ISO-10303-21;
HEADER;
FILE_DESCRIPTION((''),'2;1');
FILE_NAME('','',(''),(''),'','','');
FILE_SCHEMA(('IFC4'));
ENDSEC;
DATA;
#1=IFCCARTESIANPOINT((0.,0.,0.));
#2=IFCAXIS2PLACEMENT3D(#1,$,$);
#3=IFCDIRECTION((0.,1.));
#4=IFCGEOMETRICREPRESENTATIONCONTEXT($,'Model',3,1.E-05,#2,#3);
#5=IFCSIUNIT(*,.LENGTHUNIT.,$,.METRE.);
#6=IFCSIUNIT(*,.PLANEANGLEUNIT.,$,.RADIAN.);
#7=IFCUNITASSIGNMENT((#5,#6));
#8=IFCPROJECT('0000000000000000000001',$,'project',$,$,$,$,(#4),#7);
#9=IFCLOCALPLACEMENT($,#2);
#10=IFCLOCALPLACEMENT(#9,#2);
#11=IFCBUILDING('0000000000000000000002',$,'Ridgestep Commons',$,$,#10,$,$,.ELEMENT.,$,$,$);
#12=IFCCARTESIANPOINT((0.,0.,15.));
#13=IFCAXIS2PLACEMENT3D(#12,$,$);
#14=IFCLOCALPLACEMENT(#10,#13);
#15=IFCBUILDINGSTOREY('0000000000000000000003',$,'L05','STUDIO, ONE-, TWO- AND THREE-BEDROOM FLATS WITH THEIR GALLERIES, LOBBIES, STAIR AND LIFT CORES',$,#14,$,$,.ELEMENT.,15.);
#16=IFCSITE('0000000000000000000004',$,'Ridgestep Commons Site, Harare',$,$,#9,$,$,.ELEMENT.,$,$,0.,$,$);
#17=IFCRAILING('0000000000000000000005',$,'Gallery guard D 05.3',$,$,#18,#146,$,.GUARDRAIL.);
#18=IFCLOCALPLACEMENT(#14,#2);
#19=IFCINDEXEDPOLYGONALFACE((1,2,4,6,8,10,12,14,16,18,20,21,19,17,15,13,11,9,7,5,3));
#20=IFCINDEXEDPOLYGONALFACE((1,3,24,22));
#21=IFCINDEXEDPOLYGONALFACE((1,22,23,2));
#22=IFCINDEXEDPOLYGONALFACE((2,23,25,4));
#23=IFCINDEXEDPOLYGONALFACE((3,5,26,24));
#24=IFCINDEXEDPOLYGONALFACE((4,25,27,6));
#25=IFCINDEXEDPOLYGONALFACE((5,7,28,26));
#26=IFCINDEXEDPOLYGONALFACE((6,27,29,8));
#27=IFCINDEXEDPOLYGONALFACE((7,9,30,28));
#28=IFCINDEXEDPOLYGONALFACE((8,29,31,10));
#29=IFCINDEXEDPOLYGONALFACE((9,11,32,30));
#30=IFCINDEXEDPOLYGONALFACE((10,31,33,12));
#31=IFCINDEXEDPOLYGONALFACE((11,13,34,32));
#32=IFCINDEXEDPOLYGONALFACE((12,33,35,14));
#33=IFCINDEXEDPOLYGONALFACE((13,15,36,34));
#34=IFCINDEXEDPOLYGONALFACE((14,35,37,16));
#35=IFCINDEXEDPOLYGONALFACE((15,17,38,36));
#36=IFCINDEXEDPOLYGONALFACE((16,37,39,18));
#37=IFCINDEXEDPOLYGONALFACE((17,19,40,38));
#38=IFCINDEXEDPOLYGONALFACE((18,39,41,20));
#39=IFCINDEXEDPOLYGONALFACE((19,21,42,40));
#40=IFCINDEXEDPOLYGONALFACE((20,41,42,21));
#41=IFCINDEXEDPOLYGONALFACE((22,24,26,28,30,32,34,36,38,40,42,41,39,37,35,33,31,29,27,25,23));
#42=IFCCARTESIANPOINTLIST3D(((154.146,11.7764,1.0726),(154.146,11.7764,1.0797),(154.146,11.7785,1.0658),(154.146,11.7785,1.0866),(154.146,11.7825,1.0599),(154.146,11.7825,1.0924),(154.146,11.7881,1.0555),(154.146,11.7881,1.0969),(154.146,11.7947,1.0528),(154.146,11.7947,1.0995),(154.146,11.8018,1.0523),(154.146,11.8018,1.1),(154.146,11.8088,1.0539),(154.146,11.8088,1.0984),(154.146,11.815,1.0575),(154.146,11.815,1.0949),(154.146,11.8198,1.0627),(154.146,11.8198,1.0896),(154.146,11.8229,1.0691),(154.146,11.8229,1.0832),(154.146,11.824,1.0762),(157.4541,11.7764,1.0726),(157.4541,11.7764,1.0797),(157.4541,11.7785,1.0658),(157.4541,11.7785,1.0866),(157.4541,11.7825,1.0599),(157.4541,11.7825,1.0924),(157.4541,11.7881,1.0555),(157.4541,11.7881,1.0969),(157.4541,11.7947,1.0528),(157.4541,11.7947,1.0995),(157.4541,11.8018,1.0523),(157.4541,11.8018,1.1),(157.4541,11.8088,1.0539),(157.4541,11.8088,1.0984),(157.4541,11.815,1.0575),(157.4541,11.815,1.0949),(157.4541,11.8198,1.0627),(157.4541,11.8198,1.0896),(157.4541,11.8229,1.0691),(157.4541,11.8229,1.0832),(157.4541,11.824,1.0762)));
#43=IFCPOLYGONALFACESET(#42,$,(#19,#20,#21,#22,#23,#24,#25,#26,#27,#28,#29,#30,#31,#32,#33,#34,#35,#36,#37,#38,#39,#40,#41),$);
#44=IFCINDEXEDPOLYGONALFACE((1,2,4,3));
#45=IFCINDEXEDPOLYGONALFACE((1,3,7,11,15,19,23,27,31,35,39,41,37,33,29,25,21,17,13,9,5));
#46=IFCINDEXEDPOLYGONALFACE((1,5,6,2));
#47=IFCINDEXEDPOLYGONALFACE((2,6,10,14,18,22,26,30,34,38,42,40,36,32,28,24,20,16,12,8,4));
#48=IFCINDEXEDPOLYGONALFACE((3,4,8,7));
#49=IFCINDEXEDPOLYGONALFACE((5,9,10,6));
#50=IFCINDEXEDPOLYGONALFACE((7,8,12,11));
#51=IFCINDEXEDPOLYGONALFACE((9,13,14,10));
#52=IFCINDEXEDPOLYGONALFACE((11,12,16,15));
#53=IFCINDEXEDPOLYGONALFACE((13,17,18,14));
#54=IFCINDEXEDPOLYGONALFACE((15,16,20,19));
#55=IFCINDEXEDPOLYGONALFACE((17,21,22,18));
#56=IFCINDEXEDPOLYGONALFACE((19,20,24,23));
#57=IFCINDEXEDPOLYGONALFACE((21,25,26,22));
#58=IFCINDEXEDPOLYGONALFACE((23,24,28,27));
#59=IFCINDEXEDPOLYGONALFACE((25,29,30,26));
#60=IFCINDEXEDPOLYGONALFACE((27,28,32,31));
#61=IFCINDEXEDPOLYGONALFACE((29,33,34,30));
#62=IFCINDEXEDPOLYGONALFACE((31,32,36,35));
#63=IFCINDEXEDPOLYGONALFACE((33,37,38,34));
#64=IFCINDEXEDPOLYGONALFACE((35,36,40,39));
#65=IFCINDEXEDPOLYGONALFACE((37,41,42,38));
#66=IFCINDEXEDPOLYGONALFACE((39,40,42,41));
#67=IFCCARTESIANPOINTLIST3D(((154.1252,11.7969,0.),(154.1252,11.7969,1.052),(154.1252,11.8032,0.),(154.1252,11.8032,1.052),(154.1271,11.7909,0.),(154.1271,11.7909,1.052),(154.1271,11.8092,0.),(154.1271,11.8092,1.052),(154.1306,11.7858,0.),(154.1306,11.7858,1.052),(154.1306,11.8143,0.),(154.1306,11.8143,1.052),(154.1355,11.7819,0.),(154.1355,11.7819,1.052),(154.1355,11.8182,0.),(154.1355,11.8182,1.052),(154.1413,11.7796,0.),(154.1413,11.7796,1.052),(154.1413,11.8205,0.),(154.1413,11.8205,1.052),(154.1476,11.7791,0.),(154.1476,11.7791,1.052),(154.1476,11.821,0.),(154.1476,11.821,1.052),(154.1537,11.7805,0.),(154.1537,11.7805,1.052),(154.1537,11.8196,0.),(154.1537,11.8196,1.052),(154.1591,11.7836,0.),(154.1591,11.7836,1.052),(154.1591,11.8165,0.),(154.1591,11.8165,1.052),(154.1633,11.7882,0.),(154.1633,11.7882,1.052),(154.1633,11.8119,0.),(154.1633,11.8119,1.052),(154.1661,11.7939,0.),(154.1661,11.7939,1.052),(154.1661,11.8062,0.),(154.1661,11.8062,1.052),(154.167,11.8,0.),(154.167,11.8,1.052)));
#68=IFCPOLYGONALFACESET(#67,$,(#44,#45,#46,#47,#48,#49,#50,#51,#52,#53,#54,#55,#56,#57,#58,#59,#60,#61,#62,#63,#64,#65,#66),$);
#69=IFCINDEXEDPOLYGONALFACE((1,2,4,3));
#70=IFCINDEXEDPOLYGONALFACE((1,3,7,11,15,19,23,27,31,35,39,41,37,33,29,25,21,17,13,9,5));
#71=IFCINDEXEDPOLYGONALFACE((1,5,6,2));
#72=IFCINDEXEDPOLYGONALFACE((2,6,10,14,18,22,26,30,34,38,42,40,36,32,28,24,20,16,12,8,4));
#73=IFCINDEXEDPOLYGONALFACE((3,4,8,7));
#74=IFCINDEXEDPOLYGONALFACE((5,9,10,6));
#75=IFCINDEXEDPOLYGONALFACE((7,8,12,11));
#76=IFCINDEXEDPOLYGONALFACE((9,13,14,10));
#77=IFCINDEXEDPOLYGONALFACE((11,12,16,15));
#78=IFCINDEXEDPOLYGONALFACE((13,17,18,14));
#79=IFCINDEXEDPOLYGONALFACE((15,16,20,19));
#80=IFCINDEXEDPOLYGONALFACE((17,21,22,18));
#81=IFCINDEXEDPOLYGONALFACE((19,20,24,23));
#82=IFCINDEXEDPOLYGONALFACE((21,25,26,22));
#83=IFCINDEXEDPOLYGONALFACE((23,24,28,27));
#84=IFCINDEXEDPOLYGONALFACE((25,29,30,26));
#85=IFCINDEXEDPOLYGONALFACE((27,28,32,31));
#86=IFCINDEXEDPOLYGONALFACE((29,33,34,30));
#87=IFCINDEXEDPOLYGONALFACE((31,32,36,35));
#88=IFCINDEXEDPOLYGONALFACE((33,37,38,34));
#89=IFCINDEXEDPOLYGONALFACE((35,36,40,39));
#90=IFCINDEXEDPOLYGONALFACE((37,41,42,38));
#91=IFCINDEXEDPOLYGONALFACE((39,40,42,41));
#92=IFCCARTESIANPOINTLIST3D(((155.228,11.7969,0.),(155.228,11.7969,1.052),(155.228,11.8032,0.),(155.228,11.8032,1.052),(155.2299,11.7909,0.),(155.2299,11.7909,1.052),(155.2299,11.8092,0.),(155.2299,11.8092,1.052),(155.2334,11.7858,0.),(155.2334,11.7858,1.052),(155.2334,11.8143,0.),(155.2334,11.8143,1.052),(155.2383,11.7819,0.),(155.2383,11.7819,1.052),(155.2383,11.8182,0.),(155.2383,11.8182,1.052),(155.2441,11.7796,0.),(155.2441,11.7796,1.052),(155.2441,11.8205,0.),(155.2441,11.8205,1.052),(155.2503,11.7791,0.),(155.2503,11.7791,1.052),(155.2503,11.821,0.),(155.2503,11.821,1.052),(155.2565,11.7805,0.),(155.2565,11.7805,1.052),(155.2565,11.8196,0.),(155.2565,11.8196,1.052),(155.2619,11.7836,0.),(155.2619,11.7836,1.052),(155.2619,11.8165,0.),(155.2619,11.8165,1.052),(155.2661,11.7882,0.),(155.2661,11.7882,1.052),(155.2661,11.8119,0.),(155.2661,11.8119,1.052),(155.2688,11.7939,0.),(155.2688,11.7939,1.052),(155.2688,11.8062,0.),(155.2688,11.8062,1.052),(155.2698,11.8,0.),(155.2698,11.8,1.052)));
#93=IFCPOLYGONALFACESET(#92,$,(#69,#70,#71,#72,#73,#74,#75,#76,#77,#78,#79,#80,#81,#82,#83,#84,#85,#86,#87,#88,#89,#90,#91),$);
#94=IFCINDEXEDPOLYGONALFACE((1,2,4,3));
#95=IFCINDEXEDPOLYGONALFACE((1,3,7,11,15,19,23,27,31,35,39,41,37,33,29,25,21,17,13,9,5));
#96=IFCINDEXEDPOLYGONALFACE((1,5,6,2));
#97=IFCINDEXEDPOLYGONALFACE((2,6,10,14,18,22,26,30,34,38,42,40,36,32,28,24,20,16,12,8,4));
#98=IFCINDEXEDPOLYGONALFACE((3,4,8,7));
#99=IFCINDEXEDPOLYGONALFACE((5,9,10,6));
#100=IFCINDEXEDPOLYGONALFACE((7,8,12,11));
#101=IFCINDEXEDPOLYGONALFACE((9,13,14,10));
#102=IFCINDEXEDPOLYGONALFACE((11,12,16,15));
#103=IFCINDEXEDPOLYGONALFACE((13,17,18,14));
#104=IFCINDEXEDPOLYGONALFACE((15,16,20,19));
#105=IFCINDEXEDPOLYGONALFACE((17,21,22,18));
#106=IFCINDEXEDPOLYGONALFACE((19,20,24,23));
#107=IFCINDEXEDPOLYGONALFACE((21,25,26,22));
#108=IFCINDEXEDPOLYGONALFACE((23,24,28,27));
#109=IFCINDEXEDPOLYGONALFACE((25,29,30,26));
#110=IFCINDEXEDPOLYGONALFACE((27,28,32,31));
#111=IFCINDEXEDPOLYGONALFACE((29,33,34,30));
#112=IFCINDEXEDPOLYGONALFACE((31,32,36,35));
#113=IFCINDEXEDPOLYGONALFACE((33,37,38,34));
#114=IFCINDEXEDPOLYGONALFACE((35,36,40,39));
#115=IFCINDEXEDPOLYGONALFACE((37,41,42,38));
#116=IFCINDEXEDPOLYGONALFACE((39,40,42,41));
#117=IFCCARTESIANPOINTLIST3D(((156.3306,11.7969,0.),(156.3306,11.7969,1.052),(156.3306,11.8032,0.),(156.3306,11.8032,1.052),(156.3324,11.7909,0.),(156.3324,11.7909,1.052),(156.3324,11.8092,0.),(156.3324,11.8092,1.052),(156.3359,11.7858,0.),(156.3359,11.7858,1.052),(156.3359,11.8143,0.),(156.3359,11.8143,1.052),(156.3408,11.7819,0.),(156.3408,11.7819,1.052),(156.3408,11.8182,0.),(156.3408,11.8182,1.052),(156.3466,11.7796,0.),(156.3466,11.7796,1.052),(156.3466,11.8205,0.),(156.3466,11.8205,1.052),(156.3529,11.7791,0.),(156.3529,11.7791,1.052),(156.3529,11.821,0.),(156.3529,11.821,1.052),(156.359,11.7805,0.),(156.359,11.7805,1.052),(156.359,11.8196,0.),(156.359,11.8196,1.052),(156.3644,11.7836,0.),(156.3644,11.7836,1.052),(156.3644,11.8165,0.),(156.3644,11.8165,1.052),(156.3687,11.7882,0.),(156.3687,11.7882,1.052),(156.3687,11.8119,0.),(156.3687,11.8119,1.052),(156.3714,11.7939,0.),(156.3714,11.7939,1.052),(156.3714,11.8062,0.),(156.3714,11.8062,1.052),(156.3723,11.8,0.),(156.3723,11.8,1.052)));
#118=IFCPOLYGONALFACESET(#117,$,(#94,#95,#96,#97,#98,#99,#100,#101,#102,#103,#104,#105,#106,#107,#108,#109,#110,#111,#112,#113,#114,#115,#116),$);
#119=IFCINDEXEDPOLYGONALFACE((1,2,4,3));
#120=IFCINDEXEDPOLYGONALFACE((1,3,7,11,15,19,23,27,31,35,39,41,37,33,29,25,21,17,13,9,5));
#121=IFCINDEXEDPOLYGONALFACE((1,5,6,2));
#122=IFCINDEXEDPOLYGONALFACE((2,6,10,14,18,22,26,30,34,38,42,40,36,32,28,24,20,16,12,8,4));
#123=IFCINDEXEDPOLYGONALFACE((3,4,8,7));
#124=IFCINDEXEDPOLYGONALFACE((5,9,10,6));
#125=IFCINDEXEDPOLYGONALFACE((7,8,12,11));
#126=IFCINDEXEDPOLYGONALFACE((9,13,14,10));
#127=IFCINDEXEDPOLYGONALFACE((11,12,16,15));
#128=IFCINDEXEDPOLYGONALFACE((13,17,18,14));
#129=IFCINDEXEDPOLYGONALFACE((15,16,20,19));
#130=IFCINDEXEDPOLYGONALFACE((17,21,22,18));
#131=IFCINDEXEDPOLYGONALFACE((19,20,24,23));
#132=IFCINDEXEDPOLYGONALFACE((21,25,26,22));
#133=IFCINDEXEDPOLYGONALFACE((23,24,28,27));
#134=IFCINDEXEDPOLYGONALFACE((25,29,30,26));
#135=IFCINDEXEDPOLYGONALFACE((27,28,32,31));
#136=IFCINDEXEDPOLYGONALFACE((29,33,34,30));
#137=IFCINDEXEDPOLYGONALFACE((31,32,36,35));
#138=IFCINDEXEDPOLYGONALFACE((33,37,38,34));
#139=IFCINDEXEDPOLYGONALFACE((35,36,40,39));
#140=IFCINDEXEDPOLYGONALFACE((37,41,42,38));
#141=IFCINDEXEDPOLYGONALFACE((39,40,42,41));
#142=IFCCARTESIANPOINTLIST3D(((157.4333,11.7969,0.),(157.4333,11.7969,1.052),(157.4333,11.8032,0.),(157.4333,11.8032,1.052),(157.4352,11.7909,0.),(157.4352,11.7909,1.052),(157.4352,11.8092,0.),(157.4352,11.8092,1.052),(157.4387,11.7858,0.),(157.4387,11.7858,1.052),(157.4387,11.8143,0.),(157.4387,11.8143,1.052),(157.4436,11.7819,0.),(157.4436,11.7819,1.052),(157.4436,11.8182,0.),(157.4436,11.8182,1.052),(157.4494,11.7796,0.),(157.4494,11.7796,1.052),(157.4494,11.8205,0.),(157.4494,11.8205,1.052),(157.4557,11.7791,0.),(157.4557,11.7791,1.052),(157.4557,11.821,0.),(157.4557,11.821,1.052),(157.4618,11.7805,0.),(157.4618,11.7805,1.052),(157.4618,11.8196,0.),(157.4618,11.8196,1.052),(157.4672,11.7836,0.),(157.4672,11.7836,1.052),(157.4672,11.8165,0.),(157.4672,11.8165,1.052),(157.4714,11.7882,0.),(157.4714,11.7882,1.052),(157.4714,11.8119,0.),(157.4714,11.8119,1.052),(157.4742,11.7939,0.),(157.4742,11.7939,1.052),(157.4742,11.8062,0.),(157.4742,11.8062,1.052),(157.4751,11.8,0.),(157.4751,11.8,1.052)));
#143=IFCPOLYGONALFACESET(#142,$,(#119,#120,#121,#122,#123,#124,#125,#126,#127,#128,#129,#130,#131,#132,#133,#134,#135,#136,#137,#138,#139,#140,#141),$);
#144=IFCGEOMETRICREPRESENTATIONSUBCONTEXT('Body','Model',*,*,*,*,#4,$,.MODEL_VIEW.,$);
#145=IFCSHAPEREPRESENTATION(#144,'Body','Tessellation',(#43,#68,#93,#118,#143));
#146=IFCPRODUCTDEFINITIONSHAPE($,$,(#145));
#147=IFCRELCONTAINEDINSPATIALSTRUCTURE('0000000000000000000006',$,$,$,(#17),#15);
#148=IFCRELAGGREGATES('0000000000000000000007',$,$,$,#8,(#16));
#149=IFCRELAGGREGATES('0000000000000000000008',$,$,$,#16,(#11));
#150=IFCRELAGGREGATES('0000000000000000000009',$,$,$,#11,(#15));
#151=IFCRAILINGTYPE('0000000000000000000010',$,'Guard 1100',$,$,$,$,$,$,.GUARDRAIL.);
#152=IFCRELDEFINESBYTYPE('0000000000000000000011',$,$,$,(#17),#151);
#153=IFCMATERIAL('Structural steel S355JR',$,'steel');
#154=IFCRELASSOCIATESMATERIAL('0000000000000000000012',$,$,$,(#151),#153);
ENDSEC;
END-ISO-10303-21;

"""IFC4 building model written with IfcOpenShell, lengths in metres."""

from ifc_helpers import new_model, si_unit, direction, frame, origin, origin_2d, place, context, subcontext, project, spatial, circle, extrude, material, type_object, element, save


model = new_model("IFC4")

# Units and contexts
model_context = context("Model", 3, precision=1e-05, world=origin(), true_north=direction((0.0, 1.0)))
body_context = subcontext(model_context, "Body", "Model", "MODEL_VIEW")
ifc_project = project(units=[si_unit("LENGTHUNIT", "METRE"), si_unit("PLANEANGLEUNIT", "RADIAN")], contexts=[model_context])

# Site, building, storey
site_placement = place(None, origin())
site = spatial("IfcSite", under=ifc_project, at=site_placement, Name="Ridgestep Commons Site, Harare", CompositionType="ELEMENT", RefElevation=0.0)
building_placement = place(site_placement, origin())
building = spatial("IfcBuilding", under=site, at=building_placement, Name="Ridgestep Commons", CompositionType="ELEMENT")
storey_placement = place(building_placement, frame((0.0, 0.0, 15.0)))
storey = spatial("IfcBuildingStorey", under=building, at=storey_placement, Name="L05", Description="STUDIO, ONE-, TWO- AND THREE-BEDROOM FLATS WITH THEIR GALLERIES, LOBBIES, STAIR AND LIFT CORES", CompositionType="ELEMENT", Elevation=15.0)

# Railing
ifc_material_1 = material(Name="Structural steel S355JR", Category="steel")
railing_type = type_object("IfcRailingType", Name="Guard 1100", PredefinedType="GUARDRAIL", material=ifc_material_1)
for number, where, name in (
    (1, (154.146, 11.8, 0.0), "Gallery guard D 05.3"),
):
    element("IfcRailing", number, at=place(storey_placement, frame(where)), inside=storey, type_object=railing_type, Name=name, PredefinedType="GUARDRAIL", context=body_context, shape_type="SweptSolid", body=[
        extrude(circle(Radius=0.0239, at=origin_2d()), frame((0.0, 0.0, 1.0762), z_axis=(1.0, 0.0, 0.0), x_axis=(0.0, 1.0, 0.0)), (0.0, 0.0, 1.0), 3.3081),
        extrude(circle(Radius=0.021, at=origin_2d()), origin(), (0.0, 0.0, 1.0), 1.052),
        extrude(circle(Radius=0.021, at=origin_2d()), frame((1.1028, 0.0, 0.0)), (0.0, 0.0, 1.0), 1.052),
        extrude(circle(Radius=0.021, at=origin_2d()), frame((2.2053, 0.0, 0.0)), (0.0, 0.0, 1.0), 1.052),
        extrude(circle(Radius=0.021, at=origin_2d()), frame((3.3081, 0.0, 0.0)), (0.0, 0.0, 1.0), 1.052),
    ])

save(model, "model.ifc")
